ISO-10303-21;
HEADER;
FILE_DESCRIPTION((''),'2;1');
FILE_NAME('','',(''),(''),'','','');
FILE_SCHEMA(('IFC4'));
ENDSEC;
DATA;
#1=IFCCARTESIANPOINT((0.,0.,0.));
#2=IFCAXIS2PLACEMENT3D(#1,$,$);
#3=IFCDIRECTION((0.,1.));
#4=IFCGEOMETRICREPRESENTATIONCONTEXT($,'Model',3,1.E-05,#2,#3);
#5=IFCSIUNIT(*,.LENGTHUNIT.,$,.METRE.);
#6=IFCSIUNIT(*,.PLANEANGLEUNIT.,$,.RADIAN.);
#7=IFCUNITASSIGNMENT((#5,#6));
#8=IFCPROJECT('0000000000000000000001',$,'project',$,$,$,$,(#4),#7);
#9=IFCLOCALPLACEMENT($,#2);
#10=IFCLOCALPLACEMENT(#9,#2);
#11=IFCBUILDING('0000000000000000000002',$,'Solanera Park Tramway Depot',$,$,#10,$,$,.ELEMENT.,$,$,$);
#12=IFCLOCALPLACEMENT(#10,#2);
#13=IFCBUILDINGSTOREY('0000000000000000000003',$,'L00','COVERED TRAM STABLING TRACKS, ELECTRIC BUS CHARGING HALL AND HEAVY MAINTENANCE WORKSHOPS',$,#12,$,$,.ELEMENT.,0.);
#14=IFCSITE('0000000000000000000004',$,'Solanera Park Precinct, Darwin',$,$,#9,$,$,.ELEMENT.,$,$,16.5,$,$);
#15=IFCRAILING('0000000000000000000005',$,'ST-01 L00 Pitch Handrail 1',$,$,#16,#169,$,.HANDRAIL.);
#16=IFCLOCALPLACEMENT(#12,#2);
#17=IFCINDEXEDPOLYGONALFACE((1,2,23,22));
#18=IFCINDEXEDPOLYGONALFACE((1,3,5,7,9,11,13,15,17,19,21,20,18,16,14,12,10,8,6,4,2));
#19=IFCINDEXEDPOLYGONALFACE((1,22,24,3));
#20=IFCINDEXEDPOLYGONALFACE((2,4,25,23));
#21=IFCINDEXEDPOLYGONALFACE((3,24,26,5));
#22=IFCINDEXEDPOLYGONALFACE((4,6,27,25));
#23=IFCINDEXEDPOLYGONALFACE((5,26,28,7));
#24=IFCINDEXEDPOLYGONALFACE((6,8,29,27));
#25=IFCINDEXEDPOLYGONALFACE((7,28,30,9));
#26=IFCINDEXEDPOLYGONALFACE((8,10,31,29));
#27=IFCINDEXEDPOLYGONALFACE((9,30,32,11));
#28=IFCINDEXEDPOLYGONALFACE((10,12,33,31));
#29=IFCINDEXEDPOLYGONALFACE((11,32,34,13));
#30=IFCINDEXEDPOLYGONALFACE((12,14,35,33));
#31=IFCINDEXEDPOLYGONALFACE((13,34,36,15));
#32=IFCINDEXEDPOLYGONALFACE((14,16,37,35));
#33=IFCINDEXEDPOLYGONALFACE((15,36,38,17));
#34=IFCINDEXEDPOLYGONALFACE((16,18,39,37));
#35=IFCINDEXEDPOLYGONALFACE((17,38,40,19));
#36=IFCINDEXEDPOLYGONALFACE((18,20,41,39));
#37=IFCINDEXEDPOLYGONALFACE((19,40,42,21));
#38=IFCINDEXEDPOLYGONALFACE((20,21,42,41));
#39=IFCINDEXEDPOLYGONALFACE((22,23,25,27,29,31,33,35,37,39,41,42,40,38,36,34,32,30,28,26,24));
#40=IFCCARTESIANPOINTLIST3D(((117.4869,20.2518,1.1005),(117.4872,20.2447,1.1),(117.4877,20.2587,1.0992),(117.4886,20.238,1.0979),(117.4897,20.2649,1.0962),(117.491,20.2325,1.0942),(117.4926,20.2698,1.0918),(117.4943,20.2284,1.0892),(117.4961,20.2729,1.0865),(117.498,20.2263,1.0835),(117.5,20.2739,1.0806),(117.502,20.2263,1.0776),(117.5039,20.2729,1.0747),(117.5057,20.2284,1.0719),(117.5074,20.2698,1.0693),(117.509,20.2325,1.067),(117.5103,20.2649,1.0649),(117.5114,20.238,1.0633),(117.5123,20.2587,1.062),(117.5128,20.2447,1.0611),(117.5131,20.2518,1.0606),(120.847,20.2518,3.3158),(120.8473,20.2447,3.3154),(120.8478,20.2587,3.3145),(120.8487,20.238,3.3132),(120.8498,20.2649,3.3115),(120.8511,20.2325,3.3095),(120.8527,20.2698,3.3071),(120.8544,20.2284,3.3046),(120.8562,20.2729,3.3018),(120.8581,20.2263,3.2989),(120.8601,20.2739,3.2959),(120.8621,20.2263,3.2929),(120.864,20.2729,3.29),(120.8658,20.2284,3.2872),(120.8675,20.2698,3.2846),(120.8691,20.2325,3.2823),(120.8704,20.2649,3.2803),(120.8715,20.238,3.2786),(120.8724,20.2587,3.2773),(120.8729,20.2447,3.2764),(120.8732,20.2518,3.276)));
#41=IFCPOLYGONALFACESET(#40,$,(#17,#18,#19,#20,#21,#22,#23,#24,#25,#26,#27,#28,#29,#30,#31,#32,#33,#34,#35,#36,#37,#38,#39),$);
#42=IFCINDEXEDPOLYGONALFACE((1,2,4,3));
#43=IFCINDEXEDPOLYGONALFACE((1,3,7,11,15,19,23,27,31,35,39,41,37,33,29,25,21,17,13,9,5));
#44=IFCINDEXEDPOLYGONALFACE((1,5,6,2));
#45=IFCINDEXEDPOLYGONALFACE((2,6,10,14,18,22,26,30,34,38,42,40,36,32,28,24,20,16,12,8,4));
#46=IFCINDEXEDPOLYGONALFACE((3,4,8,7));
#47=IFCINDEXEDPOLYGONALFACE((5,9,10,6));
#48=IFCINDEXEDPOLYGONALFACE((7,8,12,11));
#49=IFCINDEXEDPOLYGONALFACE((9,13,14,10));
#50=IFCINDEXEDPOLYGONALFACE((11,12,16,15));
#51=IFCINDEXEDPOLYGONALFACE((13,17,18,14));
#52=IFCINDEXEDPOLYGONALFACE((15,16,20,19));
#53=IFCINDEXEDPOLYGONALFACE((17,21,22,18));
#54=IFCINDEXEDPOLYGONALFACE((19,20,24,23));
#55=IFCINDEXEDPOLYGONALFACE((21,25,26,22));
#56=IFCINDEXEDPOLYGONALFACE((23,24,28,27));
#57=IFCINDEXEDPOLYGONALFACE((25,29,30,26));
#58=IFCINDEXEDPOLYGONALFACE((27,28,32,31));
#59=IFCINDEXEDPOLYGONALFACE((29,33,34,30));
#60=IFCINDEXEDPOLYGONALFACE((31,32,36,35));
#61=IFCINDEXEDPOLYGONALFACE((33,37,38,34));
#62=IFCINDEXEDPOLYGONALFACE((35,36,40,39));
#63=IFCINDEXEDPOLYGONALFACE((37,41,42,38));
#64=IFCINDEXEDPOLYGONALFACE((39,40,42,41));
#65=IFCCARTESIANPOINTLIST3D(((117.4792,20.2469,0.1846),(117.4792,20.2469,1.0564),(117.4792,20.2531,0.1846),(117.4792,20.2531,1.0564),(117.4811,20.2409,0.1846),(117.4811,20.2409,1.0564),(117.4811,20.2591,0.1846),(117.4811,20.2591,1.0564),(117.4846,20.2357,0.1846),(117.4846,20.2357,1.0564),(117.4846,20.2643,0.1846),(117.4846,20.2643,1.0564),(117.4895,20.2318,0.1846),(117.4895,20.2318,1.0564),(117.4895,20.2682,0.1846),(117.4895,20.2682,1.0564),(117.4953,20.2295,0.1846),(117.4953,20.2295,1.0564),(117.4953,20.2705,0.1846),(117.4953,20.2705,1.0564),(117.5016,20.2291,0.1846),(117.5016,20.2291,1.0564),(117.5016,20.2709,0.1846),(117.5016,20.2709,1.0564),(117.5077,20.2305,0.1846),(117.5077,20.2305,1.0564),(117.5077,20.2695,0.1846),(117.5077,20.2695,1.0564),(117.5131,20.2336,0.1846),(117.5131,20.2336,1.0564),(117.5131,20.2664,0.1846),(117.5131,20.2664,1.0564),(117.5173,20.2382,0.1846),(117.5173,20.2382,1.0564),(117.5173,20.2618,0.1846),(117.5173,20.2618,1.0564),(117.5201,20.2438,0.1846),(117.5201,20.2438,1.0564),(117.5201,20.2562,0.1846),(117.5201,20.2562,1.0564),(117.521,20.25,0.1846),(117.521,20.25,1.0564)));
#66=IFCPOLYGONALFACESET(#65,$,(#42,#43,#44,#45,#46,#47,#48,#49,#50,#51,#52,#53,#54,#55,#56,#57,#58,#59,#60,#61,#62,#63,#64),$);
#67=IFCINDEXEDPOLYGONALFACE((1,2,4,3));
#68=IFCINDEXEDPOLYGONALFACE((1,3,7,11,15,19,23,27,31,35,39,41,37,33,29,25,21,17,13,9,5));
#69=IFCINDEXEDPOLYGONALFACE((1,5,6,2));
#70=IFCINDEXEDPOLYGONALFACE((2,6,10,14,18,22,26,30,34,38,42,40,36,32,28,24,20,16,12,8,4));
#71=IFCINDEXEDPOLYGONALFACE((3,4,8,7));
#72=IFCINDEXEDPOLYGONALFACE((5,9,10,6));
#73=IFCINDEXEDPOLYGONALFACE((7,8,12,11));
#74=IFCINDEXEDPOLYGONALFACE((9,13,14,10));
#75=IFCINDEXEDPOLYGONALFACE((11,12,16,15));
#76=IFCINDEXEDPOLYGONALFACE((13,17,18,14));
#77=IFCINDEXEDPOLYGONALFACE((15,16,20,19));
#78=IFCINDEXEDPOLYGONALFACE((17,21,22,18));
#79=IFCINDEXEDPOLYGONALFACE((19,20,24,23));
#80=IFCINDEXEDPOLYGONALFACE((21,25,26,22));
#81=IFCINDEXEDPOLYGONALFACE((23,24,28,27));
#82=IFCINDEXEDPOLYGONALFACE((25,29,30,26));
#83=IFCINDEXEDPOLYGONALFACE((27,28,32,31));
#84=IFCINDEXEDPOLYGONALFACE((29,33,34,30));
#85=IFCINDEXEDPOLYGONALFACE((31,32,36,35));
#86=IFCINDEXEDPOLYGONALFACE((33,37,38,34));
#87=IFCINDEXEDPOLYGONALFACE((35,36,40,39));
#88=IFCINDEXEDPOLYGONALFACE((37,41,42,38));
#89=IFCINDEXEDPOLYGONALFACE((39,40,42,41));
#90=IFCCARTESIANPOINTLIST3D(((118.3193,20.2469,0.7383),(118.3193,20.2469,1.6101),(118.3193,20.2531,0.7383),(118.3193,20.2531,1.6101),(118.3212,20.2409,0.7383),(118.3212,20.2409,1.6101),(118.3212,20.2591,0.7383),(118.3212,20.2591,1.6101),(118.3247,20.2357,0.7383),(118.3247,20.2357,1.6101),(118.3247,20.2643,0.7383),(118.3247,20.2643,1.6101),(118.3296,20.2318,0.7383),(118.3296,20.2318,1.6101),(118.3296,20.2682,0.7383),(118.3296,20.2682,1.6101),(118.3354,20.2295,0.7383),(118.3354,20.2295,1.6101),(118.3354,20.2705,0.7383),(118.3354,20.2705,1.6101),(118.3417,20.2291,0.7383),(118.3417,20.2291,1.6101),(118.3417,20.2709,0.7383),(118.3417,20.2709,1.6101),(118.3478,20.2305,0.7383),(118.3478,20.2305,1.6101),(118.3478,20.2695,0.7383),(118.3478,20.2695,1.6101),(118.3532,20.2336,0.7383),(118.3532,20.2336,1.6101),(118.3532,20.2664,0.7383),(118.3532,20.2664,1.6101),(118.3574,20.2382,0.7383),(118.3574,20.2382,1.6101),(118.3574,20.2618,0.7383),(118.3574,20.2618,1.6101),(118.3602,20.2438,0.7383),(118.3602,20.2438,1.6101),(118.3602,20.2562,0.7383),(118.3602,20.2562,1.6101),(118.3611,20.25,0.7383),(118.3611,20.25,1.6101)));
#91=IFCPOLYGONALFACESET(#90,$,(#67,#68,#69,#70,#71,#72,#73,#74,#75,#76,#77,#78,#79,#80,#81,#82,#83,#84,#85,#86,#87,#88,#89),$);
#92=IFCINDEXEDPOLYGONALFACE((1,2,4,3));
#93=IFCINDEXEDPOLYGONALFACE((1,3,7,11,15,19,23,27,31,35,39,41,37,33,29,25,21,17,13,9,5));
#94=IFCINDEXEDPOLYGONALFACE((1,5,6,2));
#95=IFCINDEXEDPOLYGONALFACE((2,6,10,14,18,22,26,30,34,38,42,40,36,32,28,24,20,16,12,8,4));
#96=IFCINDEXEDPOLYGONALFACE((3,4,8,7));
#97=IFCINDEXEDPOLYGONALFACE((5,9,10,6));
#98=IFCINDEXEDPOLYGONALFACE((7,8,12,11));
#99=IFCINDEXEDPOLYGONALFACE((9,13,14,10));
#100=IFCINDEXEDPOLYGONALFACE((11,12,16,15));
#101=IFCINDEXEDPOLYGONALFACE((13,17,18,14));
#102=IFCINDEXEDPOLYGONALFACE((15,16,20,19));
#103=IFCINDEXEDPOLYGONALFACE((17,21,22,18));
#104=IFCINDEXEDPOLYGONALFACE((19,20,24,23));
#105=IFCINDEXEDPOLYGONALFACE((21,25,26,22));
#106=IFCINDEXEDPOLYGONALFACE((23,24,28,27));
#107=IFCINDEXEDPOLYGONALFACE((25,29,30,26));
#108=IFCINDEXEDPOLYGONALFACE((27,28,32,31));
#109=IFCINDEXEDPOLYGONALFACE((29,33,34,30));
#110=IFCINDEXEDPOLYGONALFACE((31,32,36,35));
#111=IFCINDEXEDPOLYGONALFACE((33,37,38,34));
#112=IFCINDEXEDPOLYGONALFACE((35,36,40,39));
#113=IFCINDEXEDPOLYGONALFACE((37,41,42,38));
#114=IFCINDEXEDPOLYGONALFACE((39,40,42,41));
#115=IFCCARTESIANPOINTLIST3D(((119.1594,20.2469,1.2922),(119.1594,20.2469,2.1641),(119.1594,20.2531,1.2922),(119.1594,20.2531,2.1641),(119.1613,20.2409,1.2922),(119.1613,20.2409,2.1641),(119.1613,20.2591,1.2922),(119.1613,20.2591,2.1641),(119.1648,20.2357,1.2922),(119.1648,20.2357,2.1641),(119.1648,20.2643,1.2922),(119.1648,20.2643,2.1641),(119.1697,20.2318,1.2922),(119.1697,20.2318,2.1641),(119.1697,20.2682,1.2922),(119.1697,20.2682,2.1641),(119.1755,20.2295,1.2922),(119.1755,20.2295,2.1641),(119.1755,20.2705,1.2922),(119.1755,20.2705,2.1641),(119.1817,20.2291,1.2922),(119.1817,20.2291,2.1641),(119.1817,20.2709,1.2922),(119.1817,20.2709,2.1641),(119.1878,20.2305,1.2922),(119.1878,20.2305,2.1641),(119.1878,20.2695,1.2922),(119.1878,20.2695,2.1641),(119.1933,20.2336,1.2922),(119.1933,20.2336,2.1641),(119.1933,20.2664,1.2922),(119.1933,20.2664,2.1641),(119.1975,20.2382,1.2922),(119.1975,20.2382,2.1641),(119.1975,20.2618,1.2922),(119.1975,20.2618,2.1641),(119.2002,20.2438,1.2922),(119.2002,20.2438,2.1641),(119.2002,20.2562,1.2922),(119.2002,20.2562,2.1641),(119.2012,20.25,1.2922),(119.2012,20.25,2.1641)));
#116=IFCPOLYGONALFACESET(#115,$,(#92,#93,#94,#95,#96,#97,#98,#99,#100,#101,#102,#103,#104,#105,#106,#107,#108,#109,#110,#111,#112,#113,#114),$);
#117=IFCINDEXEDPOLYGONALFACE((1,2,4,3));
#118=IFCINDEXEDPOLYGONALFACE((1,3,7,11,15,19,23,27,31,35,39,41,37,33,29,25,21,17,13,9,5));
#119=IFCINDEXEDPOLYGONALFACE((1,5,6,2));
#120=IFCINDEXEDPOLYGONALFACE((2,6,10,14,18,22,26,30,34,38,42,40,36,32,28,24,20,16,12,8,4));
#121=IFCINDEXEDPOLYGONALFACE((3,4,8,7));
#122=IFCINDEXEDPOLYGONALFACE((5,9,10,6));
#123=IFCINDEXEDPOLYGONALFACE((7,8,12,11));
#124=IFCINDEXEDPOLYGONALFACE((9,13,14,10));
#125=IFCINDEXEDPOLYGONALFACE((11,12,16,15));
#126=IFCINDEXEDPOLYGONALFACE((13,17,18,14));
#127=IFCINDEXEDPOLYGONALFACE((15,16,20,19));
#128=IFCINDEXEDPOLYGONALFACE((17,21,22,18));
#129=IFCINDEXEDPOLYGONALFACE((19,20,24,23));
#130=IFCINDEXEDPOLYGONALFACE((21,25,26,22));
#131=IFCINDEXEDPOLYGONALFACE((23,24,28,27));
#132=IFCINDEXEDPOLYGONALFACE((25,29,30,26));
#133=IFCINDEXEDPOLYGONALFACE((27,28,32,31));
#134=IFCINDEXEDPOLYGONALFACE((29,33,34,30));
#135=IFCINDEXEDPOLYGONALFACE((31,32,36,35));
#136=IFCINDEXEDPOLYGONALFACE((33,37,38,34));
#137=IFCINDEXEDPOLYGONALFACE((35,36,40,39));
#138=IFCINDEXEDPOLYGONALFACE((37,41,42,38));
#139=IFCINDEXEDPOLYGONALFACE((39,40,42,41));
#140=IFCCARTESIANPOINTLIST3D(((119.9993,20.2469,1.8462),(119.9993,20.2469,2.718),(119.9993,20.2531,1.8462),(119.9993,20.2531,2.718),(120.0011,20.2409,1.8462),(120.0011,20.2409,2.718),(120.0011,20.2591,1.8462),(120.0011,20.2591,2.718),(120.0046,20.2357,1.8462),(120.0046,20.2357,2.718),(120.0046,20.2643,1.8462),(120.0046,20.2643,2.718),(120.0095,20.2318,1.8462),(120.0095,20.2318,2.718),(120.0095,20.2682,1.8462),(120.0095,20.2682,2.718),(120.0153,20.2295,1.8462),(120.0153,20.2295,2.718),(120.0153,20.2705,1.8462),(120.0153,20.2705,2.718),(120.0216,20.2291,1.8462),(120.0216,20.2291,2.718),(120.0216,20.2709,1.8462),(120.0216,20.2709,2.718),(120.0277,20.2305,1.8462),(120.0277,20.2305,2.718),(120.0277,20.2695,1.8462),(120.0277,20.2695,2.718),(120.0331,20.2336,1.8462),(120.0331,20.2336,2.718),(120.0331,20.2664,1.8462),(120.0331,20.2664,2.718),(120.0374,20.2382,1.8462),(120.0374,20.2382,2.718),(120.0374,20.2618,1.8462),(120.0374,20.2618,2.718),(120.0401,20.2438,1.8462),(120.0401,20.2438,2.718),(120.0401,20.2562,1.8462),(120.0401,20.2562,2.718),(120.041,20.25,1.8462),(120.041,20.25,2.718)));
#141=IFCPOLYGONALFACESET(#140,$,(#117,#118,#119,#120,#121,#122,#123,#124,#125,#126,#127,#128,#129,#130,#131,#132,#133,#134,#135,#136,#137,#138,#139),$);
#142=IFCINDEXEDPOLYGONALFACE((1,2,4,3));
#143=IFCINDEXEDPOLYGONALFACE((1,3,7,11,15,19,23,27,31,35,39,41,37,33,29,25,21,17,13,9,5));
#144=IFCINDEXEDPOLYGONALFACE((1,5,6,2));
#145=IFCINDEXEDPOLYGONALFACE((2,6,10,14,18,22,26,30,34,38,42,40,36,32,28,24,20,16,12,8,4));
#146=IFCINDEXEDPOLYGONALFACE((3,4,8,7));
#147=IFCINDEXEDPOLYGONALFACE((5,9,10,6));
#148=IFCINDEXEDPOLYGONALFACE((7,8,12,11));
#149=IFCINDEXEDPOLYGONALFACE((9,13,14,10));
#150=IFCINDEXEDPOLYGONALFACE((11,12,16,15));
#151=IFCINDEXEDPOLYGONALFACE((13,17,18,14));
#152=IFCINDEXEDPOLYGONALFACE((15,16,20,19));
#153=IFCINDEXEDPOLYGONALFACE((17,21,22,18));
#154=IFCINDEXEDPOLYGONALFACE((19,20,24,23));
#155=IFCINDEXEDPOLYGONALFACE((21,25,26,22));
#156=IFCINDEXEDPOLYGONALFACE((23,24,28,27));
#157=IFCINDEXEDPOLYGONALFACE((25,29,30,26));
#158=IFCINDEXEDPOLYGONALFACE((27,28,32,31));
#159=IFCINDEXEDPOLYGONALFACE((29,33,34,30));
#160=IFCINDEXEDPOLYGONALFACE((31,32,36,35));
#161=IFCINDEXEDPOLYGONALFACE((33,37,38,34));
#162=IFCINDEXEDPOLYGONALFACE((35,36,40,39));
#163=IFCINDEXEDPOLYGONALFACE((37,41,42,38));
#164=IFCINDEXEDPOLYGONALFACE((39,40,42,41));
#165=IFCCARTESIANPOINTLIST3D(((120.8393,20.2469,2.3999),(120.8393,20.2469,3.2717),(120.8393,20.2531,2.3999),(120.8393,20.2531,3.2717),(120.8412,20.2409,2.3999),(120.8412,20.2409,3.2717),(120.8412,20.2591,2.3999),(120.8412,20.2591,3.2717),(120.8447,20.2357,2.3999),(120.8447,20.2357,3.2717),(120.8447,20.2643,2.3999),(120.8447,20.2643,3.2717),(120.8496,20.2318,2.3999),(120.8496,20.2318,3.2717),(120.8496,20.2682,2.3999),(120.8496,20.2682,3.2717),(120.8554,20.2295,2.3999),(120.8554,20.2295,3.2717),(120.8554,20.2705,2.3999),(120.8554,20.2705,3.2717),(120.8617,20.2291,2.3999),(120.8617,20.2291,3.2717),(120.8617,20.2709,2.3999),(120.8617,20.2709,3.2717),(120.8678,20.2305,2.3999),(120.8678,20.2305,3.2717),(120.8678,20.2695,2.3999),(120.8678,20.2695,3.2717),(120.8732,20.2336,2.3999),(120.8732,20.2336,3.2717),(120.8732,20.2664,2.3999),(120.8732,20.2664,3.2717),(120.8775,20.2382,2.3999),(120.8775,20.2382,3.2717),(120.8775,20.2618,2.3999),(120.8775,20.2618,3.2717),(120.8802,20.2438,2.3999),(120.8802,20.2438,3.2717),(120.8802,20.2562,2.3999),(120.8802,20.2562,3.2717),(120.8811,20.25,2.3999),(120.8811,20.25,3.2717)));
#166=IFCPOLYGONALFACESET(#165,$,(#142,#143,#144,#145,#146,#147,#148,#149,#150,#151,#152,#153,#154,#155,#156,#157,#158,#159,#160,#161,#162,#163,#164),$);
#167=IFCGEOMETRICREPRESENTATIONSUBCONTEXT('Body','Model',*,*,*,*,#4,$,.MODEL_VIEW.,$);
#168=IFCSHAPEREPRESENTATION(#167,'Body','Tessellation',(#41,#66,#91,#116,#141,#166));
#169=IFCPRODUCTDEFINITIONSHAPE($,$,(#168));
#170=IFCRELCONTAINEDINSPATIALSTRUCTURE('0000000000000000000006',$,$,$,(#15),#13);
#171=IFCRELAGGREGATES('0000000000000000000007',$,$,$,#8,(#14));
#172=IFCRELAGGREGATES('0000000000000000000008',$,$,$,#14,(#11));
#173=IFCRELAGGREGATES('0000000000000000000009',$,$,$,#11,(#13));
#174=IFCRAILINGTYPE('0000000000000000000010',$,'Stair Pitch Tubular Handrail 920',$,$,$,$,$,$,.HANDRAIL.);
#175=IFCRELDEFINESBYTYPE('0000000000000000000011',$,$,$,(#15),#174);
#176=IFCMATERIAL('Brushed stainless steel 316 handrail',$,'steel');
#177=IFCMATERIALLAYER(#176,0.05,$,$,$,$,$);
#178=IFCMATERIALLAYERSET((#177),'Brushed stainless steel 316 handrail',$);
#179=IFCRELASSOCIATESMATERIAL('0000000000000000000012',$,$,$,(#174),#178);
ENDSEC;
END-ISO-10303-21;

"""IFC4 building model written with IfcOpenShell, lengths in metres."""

from ifc_helpers import new_model, si_unit, direction, frame, origin, origin_2d, place, context, subcontext, project, spatial, circle, extrude, material, layer, layer_set, type_object, element, save


model = new_model("IFC4")

# Units and contexts
model_context = context("Model", 3, precision=1e-05, world=origin(), true_north=direction((0.0, 1.0)))
body_context = subcontext(model_context, "Body", "Model", "MODEL_VIEW")
ifc_project = project(units=[si_unit("LENGTHUNIT", "METRE"), si_unit("PLANEANGLEUNIT", "RADIAN")], contexts=[model_context])

# Site, building, storey
site_placement = place(None, origin())
site = spatial("IfcSite", under=ifc_project, at=site_placement, Name="Solanera Park Precinct, Darwin", CompositionType="ELEMENT", RefElevation=16.5)
building_placement = place(site_placement, origin())
building = spatial("IfcBuilding", under=site, at=building_placement, Name="Solanera Park Tramway Depot", CompositionType="ELEMENT")
storey_placement = place(building_placement, origin())
storey = spatial("IfcBuildingStorey", under=building, at=storey_placement, Name="L00", Description="COVERED TRAM STABLING TRACKS, ELECTRIC BUS CHARGING HALL AND HEAVY MAINTENANCE WORKSHOPS", CompositionType="ELEMENT", Elevation=0.0)

# Railing
ifc_material_1 = material(Name="Brushed stainless steel 316 handrail", Category="steel")
ifc_layer_1 = layer(ifc_material_1, 0.05)
ifc_layer_set_1 = layer_set([ifc_layer_1], Name="Brushed stainless steel 316 handrail")
railing_type_1 = type_object("IfcRailingType", Name="Stair Pitch Tubular Handrail 920", PredefinedType="HANDRAIL", material=ifc_layer_set_1)
railing_1_placement = place(storey_placement, frame((117.5, 20.25, 0.1846)))
element("IfcRailing", 1, at=railing_1_placement, inside=storey, type_object=railing_type_1, Name="ST-01 L00 Pitch Handrail 1", PredefinedType="HANDRAIL", context=body_context, shape_type="SweptSolid", body=[
    extrude(circle(Radius=0.0239, at=origin_2d()), frame((0.0, 0.0, 0.896), z_axis=(0.834876, 0.0, 0.550437), x_axis=(0.0, 1.0, 0.0)), (0.0, 0.0, 1.0), 4.0247),
    extrude(circle(Radius=0.021, at=origin_2d()), origin(), (0.0, 0.0, 1.0), 0.8718),
    extrude(circle(Radius=0.021, at=origin_2d()), frame((0.8401, 0.0, 0.5537)), (0.0, 0.0, 1.0), 0.8718),
    extrude(circle(Radius=0.021, at=origin_2d()), frame((1.6802, 0.0, 1.1077)), (0.0, 0.0, 1.0), 0.8718),
    extrude(circle(Radius=0.021, at=origin_2d()), frame((2.52, 0.0, 1.6616)), (0.0, 0.0, 1.0), 0.8718),
    extrude(circle(Radius=0.021, at=origin_2d()), frame((3.3601, 0.0, 2.2153)), (0.0, 0.0, 1.0), 0.8718),
])

save(model, "model.ifc")
